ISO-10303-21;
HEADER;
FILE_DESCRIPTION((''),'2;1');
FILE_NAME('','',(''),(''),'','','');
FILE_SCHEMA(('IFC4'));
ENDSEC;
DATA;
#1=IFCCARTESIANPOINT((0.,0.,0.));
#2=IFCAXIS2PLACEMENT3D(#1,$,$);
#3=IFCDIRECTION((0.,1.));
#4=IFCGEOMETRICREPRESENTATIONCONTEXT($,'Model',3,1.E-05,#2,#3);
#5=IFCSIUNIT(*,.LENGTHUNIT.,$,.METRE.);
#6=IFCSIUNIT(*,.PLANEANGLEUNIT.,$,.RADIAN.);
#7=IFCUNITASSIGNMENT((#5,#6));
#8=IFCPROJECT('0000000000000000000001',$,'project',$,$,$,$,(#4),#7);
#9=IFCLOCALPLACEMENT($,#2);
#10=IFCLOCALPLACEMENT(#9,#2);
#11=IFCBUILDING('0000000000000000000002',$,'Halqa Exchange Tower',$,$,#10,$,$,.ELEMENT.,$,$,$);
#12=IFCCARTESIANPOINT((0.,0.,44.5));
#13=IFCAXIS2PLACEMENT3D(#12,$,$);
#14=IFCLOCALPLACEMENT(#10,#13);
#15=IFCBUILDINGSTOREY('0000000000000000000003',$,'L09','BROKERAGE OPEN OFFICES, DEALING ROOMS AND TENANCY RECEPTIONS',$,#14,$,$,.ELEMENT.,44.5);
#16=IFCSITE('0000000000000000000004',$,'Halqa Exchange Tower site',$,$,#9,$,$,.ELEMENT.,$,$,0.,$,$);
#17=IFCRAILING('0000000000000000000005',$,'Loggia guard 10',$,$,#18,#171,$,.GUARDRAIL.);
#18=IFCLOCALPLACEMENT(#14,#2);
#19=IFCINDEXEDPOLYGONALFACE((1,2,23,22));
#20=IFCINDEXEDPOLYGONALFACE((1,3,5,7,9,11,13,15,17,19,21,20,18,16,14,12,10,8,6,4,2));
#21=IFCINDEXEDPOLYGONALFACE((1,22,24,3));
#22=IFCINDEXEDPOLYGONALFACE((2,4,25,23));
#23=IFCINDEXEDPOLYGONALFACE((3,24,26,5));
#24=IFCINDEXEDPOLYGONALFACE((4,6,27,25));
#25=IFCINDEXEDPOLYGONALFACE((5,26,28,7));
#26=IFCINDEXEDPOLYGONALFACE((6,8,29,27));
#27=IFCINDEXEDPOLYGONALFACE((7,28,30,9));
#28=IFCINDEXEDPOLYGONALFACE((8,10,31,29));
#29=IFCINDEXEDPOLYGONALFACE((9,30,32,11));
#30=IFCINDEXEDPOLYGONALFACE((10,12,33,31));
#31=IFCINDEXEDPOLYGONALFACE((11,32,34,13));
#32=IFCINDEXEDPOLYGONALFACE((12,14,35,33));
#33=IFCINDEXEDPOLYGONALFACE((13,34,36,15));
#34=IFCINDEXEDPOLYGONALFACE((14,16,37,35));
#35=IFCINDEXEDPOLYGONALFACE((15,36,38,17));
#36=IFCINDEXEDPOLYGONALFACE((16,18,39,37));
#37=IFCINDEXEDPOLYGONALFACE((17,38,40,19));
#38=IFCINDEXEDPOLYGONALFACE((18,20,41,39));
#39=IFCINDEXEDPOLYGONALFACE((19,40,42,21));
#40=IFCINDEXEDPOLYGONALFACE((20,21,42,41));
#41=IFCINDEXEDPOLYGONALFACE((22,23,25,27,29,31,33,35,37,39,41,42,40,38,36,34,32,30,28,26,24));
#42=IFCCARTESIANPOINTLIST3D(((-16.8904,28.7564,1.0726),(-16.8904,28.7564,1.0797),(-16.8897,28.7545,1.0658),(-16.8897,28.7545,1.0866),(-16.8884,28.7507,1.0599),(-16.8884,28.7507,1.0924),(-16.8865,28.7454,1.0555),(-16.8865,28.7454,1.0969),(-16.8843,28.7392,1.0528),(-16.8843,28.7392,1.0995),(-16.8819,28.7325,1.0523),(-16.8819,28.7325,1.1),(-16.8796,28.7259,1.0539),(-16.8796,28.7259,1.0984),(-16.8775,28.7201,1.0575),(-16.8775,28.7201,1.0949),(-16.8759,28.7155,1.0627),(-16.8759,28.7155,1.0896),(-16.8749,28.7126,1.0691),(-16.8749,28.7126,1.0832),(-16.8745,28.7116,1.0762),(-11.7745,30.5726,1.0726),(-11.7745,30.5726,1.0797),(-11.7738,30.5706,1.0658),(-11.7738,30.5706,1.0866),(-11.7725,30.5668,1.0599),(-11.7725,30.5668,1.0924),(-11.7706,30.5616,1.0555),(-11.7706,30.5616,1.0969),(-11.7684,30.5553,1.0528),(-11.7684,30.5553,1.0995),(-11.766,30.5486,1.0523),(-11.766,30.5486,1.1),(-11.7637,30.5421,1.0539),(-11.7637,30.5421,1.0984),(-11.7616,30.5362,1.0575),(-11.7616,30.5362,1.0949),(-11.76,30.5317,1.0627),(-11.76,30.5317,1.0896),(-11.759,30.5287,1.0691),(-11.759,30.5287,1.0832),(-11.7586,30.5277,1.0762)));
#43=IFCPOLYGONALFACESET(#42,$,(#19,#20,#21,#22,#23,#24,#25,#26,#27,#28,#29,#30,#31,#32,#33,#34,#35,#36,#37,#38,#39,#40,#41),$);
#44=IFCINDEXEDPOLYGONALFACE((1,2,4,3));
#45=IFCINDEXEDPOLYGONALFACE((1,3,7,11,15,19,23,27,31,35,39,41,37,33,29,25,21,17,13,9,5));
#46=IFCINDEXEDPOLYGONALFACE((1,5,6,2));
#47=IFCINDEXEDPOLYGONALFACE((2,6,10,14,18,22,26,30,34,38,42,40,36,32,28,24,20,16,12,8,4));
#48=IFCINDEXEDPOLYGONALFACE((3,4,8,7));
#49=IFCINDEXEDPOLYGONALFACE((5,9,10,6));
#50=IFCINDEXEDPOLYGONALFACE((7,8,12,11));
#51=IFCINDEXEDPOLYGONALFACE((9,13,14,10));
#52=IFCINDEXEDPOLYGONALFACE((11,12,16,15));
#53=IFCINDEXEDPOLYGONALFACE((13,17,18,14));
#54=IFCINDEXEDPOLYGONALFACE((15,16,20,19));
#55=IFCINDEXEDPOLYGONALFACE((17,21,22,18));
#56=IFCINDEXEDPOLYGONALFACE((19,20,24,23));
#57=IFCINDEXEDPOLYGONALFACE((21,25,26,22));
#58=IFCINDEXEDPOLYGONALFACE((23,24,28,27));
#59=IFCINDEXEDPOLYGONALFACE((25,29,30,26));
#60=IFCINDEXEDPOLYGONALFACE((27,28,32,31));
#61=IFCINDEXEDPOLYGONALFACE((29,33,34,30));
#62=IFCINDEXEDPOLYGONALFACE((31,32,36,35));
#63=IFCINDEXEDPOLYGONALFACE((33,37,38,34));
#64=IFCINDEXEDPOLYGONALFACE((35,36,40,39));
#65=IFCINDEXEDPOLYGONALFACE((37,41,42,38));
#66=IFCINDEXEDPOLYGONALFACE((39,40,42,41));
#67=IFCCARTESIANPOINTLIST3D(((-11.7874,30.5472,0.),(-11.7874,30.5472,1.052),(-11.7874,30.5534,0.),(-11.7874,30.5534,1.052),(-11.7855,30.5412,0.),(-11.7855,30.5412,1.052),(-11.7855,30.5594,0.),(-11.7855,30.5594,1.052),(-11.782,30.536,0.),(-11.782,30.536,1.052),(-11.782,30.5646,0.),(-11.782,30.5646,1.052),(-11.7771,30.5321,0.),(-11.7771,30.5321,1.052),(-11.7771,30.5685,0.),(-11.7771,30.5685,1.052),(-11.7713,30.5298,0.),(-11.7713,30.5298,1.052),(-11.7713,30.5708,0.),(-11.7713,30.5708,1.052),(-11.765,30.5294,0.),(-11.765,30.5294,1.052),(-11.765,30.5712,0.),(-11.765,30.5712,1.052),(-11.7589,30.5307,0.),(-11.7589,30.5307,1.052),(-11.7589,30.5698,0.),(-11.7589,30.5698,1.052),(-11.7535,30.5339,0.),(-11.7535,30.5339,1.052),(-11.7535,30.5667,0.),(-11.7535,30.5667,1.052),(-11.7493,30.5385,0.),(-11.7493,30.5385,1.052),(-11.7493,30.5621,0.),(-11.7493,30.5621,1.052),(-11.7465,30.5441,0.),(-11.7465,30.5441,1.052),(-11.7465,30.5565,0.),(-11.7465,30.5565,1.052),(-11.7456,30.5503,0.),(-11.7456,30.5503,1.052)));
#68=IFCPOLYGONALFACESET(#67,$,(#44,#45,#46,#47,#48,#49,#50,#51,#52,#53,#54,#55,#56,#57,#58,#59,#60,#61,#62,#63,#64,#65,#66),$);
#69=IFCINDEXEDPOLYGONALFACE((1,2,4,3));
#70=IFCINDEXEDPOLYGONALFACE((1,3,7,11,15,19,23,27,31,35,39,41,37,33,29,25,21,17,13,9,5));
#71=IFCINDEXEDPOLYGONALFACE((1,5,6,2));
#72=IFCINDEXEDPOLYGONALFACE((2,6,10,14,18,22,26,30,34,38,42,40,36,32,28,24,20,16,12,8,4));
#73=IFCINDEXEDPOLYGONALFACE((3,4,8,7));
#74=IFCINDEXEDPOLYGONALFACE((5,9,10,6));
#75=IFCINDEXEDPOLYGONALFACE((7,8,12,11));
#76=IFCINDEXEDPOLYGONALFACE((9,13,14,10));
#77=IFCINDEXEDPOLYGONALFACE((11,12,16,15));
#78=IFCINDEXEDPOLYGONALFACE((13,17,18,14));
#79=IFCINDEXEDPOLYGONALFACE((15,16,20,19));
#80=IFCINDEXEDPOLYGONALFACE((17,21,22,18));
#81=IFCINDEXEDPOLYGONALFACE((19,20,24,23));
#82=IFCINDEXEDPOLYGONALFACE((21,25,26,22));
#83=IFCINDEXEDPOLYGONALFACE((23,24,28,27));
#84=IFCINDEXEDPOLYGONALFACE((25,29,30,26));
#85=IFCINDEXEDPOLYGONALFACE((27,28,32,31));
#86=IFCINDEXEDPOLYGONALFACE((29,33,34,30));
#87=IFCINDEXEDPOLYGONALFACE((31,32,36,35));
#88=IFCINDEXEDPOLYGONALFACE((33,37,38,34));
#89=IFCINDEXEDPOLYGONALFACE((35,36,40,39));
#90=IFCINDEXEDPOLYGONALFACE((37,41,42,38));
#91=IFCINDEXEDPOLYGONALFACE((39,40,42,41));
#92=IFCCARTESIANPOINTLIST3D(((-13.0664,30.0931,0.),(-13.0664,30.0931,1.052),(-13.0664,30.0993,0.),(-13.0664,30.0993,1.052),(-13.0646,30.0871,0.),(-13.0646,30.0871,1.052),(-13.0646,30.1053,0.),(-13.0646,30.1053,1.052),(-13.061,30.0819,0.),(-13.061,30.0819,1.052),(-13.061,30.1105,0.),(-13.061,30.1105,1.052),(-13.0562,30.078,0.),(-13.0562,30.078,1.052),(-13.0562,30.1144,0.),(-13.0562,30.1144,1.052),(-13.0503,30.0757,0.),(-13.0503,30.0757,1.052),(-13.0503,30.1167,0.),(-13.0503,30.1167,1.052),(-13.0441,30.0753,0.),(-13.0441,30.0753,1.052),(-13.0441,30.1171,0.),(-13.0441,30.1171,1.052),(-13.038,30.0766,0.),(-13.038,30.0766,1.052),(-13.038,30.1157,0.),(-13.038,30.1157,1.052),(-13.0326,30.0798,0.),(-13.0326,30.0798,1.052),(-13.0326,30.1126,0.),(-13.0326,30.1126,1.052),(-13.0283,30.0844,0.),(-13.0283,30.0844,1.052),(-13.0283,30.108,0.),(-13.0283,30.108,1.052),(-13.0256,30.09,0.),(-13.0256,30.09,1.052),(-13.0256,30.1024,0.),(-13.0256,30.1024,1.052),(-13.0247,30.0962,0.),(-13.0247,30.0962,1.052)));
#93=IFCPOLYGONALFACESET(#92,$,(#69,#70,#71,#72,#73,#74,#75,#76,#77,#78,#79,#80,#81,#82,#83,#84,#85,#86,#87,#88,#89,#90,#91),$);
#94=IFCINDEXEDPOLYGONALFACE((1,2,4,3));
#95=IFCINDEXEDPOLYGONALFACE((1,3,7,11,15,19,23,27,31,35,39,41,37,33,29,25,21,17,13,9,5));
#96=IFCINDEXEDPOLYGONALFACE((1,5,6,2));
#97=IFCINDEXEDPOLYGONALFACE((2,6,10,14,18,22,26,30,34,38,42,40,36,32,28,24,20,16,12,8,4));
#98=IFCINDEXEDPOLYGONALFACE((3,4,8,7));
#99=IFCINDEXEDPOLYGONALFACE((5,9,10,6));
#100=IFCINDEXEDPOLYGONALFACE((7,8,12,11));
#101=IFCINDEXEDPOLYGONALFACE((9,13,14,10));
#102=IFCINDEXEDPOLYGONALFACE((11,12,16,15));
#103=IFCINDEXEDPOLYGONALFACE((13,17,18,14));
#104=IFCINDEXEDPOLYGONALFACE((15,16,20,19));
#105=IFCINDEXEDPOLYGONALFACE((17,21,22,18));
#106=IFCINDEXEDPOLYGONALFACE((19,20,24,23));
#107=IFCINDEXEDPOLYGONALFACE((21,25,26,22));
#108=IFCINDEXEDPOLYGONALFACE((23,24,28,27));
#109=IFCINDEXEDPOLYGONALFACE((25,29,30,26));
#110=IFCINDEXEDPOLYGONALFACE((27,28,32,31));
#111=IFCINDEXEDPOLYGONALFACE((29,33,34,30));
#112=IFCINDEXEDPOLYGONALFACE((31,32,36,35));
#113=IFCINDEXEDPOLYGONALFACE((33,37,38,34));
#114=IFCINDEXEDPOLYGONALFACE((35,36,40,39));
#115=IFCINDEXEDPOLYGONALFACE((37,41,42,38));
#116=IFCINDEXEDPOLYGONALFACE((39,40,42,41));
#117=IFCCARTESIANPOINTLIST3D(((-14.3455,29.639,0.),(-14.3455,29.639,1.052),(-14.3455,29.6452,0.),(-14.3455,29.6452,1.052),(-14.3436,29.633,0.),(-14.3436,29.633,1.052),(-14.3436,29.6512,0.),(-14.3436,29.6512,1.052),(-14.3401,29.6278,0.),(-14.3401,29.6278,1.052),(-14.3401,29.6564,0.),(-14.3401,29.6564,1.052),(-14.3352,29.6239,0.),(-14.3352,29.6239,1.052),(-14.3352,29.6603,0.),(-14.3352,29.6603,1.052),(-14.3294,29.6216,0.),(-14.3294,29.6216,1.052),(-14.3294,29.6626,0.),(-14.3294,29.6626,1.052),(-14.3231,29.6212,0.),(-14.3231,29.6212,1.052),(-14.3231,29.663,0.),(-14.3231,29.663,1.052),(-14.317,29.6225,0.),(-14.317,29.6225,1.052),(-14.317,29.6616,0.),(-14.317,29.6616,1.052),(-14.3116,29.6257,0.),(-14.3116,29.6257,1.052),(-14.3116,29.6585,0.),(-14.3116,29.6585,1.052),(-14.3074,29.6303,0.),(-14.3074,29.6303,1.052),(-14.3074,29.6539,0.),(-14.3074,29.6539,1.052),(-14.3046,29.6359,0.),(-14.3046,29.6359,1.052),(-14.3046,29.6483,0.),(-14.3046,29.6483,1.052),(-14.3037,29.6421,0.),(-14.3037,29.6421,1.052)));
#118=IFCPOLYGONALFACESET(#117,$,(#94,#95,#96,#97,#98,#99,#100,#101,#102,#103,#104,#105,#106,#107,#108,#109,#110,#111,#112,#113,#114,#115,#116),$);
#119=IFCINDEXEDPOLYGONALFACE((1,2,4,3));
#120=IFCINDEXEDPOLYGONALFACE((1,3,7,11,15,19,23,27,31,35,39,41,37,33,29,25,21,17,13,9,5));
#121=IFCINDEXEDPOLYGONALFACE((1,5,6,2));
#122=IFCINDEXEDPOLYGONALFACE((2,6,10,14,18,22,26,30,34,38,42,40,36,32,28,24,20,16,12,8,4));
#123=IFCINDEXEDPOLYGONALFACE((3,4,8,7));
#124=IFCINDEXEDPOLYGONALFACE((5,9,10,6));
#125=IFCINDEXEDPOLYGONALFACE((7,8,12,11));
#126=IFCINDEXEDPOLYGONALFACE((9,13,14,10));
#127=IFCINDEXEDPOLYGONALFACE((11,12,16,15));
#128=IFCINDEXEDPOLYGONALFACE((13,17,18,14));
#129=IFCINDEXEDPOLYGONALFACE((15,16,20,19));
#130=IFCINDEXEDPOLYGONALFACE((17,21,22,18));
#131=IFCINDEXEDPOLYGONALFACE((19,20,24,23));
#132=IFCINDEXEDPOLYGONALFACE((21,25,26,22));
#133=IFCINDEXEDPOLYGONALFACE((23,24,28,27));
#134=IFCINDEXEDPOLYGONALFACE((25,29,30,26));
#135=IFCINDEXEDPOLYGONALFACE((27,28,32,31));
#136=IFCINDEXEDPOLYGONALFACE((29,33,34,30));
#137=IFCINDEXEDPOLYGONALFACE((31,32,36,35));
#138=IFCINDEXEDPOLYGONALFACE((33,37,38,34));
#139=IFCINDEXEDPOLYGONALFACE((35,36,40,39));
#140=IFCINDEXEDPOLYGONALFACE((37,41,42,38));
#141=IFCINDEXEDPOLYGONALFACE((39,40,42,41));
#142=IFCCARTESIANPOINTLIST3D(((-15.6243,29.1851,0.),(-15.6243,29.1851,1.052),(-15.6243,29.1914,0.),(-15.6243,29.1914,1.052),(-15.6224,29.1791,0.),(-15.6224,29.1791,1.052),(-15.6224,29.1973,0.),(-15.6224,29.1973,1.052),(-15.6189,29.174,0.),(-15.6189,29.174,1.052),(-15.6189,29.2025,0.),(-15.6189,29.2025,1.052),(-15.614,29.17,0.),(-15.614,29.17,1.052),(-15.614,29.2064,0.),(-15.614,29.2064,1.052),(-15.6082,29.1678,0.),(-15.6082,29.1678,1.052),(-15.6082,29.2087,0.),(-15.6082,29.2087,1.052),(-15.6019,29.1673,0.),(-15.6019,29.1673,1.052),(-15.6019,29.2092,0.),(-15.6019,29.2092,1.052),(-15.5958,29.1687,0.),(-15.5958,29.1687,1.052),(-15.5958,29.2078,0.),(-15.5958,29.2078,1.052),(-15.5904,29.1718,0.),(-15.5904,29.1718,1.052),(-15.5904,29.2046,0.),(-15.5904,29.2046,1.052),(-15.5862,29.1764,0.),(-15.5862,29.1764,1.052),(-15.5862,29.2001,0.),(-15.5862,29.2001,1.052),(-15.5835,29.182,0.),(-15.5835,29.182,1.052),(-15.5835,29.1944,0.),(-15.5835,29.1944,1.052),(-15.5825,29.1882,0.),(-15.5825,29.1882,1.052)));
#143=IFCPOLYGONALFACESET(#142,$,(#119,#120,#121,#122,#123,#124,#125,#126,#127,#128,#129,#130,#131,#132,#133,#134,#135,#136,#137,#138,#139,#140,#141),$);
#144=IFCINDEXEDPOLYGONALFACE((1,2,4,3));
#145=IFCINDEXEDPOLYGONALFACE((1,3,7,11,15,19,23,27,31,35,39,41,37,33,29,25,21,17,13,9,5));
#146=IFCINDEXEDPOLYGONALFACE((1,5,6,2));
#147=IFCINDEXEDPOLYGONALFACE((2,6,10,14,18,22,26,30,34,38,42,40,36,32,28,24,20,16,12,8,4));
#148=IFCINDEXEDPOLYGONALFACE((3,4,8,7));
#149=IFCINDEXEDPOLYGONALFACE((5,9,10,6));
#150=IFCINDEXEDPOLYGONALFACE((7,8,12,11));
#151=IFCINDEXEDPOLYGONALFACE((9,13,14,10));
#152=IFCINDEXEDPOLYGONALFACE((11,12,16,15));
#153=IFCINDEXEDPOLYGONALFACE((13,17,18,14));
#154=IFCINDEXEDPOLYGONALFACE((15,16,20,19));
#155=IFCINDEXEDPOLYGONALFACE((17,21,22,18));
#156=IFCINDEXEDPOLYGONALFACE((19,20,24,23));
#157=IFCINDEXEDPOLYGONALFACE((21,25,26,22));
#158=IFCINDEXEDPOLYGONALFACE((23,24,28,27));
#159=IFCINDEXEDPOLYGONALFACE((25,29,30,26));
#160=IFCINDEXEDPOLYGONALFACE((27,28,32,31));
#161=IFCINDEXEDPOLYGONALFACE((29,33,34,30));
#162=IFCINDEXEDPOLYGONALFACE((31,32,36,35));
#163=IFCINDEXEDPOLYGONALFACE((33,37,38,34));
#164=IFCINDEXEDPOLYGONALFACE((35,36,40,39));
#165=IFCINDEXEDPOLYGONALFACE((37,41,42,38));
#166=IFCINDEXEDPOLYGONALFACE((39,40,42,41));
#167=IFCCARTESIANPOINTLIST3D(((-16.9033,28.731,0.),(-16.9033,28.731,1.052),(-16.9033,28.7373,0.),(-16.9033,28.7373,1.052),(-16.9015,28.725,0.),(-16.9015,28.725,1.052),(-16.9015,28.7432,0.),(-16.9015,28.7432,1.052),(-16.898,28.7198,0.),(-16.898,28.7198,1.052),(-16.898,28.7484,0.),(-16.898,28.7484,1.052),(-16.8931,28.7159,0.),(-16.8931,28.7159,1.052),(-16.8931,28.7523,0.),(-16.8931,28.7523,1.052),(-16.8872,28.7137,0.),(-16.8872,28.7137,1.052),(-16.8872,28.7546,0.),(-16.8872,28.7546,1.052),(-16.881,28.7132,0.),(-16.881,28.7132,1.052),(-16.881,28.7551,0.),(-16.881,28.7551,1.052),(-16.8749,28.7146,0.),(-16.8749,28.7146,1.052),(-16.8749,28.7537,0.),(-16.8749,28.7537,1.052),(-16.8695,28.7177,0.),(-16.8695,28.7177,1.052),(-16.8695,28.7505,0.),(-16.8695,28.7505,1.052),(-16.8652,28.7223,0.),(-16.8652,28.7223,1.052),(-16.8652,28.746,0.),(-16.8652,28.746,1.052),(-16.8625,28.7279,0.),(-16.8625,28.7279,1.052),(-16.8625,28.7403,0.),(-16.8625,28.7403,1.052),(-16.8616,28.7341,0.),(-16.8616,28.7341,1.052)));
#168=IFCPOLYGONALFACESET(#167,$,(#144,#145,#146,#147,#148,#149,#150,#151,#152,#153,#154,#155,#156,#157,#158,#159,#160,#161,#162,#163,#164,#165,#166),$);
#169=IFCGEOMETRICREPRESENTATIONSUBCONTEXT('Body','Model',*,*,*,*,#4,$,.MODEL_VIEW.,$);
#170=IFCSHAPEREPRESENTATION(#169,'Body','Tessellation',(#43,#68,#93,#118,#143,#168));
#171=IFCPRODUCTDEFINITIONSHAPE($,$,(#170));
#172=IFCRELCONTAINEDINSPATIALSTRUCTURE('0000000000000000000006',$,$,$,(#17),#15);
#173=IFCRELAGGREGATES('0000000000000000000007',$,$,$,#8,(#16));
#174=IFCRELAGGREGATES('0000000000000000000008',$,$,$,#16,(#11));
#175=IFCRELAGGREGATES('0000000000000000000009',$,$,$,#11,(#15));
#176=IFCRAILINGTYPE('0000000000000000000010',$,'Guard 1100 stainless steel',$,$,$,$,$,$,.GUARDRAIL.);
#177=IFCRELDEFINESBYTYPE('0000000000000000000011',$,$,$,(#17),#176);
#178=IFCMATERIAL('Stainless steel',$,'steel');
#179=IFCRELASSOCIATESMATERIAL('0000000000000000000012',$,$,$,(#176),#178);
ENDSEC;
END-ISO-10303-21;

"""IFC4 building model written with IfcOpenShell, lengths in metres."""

from ifc_helpers import new_model, si_unit, direction, frame, origin, origin_2d, place, context, subcontext, project, spatial, circle, extrude, material, type_object, element, save


model = new_model("IFC4")

# Units and contexts
model_context = context("Model", 3, precision=1e-05, world=origin(), true_north=direction((0.0, 1.0)))
body_context = subcontext(model_context, "Body", "Model", "MODEL_VIEW")
ifc_project = project(units=[si_unit("LENGTHUNIT", "METRE"), si_unit("PLANEANGLEUNIT", "RADIAN")], contexts=[model_context])

# Site, building, storey
site_placement = place(None, origin())
site = spatial("IfcSite", under=ifc_project, at=site_placement, Name="Halqa Exchange Tower site", CompositionType="ELEMENT", RefElevation=0.0)
building_placement = place(site_placement, origin())
building = spatial("IfcBuilding", under=site, at=building_placement, Name="Halqa Exchange Tower", CompositionType="ELEMENT")
storey_placement = place(building_placement, frame((0.0, 0.0, 44.5)))
storey = spatial("IfcBuildingStorey", under=building, at=storey_placement, Name="L09", Description="BROKERAGE OPEN OFFICES, DEALING ROOMS AND TENANCY RECEPTIONS", CompositionType="ELEMENT", Elevation=44.5)

# Railing
ifc_material_1 = material(Name="Stainless steel", Category="steel")
railing_type_1 = type_object("IfcRailingType", Name="Guard 1100 stainless steel", PredefinedType="GUARDRAIL", material=ifc_material_1)
railing_1_placement = place(storey_placement, frame((-11.7666, 30.5503, 0.0)))
element("IfcRailing", 1, at=railing_1_placement, inside=storey, type_object=railing_type_1, Name="Loggia guard 10", PredefinedType="GUARDRAIL", context=body_context, shape_type="SweptSolid", body=[
    extrude(circle(Radius=0.0239, at=origin_2d()), frame((0.0, 0.0, 1.0762), z_axis=(-0.94238, -0.334544, 0.0), x_axis=(0.334544, -0.94238, 0.0)), (0.0, 0.0, 1.0), 5.4287),
    extrude(circle(Radius=0.021, at=origin_2d()), origin(), (0.0, 0.0, 1.0), 1.052),
    extrude(circle(Radius=0.021, at=origin_2d()), frame((-1.2791, -0.4541, 0.0)), (0.0, 0.0, 1.0), 1.052),
    extrude(circle(Radius=0.021, at=origin_2d()), frame((-2.5581, -0.9082, 0.0)), (0.0, 0.0, 1.0), 1.052),
    extrude(circle(Radius=0.021, at=origin_2d()), frame((-3.8369, -1.3621, 0.0)), (0.0, 0.0, 1.0), 1.052),
    extrude(circle(Radius=0.021, at=origin_2d()), frame((-5.116, -1.8162, 0.0)), (0.0, 0.0, 1.0), 1.052),
])

save(model, "model.ifc")
